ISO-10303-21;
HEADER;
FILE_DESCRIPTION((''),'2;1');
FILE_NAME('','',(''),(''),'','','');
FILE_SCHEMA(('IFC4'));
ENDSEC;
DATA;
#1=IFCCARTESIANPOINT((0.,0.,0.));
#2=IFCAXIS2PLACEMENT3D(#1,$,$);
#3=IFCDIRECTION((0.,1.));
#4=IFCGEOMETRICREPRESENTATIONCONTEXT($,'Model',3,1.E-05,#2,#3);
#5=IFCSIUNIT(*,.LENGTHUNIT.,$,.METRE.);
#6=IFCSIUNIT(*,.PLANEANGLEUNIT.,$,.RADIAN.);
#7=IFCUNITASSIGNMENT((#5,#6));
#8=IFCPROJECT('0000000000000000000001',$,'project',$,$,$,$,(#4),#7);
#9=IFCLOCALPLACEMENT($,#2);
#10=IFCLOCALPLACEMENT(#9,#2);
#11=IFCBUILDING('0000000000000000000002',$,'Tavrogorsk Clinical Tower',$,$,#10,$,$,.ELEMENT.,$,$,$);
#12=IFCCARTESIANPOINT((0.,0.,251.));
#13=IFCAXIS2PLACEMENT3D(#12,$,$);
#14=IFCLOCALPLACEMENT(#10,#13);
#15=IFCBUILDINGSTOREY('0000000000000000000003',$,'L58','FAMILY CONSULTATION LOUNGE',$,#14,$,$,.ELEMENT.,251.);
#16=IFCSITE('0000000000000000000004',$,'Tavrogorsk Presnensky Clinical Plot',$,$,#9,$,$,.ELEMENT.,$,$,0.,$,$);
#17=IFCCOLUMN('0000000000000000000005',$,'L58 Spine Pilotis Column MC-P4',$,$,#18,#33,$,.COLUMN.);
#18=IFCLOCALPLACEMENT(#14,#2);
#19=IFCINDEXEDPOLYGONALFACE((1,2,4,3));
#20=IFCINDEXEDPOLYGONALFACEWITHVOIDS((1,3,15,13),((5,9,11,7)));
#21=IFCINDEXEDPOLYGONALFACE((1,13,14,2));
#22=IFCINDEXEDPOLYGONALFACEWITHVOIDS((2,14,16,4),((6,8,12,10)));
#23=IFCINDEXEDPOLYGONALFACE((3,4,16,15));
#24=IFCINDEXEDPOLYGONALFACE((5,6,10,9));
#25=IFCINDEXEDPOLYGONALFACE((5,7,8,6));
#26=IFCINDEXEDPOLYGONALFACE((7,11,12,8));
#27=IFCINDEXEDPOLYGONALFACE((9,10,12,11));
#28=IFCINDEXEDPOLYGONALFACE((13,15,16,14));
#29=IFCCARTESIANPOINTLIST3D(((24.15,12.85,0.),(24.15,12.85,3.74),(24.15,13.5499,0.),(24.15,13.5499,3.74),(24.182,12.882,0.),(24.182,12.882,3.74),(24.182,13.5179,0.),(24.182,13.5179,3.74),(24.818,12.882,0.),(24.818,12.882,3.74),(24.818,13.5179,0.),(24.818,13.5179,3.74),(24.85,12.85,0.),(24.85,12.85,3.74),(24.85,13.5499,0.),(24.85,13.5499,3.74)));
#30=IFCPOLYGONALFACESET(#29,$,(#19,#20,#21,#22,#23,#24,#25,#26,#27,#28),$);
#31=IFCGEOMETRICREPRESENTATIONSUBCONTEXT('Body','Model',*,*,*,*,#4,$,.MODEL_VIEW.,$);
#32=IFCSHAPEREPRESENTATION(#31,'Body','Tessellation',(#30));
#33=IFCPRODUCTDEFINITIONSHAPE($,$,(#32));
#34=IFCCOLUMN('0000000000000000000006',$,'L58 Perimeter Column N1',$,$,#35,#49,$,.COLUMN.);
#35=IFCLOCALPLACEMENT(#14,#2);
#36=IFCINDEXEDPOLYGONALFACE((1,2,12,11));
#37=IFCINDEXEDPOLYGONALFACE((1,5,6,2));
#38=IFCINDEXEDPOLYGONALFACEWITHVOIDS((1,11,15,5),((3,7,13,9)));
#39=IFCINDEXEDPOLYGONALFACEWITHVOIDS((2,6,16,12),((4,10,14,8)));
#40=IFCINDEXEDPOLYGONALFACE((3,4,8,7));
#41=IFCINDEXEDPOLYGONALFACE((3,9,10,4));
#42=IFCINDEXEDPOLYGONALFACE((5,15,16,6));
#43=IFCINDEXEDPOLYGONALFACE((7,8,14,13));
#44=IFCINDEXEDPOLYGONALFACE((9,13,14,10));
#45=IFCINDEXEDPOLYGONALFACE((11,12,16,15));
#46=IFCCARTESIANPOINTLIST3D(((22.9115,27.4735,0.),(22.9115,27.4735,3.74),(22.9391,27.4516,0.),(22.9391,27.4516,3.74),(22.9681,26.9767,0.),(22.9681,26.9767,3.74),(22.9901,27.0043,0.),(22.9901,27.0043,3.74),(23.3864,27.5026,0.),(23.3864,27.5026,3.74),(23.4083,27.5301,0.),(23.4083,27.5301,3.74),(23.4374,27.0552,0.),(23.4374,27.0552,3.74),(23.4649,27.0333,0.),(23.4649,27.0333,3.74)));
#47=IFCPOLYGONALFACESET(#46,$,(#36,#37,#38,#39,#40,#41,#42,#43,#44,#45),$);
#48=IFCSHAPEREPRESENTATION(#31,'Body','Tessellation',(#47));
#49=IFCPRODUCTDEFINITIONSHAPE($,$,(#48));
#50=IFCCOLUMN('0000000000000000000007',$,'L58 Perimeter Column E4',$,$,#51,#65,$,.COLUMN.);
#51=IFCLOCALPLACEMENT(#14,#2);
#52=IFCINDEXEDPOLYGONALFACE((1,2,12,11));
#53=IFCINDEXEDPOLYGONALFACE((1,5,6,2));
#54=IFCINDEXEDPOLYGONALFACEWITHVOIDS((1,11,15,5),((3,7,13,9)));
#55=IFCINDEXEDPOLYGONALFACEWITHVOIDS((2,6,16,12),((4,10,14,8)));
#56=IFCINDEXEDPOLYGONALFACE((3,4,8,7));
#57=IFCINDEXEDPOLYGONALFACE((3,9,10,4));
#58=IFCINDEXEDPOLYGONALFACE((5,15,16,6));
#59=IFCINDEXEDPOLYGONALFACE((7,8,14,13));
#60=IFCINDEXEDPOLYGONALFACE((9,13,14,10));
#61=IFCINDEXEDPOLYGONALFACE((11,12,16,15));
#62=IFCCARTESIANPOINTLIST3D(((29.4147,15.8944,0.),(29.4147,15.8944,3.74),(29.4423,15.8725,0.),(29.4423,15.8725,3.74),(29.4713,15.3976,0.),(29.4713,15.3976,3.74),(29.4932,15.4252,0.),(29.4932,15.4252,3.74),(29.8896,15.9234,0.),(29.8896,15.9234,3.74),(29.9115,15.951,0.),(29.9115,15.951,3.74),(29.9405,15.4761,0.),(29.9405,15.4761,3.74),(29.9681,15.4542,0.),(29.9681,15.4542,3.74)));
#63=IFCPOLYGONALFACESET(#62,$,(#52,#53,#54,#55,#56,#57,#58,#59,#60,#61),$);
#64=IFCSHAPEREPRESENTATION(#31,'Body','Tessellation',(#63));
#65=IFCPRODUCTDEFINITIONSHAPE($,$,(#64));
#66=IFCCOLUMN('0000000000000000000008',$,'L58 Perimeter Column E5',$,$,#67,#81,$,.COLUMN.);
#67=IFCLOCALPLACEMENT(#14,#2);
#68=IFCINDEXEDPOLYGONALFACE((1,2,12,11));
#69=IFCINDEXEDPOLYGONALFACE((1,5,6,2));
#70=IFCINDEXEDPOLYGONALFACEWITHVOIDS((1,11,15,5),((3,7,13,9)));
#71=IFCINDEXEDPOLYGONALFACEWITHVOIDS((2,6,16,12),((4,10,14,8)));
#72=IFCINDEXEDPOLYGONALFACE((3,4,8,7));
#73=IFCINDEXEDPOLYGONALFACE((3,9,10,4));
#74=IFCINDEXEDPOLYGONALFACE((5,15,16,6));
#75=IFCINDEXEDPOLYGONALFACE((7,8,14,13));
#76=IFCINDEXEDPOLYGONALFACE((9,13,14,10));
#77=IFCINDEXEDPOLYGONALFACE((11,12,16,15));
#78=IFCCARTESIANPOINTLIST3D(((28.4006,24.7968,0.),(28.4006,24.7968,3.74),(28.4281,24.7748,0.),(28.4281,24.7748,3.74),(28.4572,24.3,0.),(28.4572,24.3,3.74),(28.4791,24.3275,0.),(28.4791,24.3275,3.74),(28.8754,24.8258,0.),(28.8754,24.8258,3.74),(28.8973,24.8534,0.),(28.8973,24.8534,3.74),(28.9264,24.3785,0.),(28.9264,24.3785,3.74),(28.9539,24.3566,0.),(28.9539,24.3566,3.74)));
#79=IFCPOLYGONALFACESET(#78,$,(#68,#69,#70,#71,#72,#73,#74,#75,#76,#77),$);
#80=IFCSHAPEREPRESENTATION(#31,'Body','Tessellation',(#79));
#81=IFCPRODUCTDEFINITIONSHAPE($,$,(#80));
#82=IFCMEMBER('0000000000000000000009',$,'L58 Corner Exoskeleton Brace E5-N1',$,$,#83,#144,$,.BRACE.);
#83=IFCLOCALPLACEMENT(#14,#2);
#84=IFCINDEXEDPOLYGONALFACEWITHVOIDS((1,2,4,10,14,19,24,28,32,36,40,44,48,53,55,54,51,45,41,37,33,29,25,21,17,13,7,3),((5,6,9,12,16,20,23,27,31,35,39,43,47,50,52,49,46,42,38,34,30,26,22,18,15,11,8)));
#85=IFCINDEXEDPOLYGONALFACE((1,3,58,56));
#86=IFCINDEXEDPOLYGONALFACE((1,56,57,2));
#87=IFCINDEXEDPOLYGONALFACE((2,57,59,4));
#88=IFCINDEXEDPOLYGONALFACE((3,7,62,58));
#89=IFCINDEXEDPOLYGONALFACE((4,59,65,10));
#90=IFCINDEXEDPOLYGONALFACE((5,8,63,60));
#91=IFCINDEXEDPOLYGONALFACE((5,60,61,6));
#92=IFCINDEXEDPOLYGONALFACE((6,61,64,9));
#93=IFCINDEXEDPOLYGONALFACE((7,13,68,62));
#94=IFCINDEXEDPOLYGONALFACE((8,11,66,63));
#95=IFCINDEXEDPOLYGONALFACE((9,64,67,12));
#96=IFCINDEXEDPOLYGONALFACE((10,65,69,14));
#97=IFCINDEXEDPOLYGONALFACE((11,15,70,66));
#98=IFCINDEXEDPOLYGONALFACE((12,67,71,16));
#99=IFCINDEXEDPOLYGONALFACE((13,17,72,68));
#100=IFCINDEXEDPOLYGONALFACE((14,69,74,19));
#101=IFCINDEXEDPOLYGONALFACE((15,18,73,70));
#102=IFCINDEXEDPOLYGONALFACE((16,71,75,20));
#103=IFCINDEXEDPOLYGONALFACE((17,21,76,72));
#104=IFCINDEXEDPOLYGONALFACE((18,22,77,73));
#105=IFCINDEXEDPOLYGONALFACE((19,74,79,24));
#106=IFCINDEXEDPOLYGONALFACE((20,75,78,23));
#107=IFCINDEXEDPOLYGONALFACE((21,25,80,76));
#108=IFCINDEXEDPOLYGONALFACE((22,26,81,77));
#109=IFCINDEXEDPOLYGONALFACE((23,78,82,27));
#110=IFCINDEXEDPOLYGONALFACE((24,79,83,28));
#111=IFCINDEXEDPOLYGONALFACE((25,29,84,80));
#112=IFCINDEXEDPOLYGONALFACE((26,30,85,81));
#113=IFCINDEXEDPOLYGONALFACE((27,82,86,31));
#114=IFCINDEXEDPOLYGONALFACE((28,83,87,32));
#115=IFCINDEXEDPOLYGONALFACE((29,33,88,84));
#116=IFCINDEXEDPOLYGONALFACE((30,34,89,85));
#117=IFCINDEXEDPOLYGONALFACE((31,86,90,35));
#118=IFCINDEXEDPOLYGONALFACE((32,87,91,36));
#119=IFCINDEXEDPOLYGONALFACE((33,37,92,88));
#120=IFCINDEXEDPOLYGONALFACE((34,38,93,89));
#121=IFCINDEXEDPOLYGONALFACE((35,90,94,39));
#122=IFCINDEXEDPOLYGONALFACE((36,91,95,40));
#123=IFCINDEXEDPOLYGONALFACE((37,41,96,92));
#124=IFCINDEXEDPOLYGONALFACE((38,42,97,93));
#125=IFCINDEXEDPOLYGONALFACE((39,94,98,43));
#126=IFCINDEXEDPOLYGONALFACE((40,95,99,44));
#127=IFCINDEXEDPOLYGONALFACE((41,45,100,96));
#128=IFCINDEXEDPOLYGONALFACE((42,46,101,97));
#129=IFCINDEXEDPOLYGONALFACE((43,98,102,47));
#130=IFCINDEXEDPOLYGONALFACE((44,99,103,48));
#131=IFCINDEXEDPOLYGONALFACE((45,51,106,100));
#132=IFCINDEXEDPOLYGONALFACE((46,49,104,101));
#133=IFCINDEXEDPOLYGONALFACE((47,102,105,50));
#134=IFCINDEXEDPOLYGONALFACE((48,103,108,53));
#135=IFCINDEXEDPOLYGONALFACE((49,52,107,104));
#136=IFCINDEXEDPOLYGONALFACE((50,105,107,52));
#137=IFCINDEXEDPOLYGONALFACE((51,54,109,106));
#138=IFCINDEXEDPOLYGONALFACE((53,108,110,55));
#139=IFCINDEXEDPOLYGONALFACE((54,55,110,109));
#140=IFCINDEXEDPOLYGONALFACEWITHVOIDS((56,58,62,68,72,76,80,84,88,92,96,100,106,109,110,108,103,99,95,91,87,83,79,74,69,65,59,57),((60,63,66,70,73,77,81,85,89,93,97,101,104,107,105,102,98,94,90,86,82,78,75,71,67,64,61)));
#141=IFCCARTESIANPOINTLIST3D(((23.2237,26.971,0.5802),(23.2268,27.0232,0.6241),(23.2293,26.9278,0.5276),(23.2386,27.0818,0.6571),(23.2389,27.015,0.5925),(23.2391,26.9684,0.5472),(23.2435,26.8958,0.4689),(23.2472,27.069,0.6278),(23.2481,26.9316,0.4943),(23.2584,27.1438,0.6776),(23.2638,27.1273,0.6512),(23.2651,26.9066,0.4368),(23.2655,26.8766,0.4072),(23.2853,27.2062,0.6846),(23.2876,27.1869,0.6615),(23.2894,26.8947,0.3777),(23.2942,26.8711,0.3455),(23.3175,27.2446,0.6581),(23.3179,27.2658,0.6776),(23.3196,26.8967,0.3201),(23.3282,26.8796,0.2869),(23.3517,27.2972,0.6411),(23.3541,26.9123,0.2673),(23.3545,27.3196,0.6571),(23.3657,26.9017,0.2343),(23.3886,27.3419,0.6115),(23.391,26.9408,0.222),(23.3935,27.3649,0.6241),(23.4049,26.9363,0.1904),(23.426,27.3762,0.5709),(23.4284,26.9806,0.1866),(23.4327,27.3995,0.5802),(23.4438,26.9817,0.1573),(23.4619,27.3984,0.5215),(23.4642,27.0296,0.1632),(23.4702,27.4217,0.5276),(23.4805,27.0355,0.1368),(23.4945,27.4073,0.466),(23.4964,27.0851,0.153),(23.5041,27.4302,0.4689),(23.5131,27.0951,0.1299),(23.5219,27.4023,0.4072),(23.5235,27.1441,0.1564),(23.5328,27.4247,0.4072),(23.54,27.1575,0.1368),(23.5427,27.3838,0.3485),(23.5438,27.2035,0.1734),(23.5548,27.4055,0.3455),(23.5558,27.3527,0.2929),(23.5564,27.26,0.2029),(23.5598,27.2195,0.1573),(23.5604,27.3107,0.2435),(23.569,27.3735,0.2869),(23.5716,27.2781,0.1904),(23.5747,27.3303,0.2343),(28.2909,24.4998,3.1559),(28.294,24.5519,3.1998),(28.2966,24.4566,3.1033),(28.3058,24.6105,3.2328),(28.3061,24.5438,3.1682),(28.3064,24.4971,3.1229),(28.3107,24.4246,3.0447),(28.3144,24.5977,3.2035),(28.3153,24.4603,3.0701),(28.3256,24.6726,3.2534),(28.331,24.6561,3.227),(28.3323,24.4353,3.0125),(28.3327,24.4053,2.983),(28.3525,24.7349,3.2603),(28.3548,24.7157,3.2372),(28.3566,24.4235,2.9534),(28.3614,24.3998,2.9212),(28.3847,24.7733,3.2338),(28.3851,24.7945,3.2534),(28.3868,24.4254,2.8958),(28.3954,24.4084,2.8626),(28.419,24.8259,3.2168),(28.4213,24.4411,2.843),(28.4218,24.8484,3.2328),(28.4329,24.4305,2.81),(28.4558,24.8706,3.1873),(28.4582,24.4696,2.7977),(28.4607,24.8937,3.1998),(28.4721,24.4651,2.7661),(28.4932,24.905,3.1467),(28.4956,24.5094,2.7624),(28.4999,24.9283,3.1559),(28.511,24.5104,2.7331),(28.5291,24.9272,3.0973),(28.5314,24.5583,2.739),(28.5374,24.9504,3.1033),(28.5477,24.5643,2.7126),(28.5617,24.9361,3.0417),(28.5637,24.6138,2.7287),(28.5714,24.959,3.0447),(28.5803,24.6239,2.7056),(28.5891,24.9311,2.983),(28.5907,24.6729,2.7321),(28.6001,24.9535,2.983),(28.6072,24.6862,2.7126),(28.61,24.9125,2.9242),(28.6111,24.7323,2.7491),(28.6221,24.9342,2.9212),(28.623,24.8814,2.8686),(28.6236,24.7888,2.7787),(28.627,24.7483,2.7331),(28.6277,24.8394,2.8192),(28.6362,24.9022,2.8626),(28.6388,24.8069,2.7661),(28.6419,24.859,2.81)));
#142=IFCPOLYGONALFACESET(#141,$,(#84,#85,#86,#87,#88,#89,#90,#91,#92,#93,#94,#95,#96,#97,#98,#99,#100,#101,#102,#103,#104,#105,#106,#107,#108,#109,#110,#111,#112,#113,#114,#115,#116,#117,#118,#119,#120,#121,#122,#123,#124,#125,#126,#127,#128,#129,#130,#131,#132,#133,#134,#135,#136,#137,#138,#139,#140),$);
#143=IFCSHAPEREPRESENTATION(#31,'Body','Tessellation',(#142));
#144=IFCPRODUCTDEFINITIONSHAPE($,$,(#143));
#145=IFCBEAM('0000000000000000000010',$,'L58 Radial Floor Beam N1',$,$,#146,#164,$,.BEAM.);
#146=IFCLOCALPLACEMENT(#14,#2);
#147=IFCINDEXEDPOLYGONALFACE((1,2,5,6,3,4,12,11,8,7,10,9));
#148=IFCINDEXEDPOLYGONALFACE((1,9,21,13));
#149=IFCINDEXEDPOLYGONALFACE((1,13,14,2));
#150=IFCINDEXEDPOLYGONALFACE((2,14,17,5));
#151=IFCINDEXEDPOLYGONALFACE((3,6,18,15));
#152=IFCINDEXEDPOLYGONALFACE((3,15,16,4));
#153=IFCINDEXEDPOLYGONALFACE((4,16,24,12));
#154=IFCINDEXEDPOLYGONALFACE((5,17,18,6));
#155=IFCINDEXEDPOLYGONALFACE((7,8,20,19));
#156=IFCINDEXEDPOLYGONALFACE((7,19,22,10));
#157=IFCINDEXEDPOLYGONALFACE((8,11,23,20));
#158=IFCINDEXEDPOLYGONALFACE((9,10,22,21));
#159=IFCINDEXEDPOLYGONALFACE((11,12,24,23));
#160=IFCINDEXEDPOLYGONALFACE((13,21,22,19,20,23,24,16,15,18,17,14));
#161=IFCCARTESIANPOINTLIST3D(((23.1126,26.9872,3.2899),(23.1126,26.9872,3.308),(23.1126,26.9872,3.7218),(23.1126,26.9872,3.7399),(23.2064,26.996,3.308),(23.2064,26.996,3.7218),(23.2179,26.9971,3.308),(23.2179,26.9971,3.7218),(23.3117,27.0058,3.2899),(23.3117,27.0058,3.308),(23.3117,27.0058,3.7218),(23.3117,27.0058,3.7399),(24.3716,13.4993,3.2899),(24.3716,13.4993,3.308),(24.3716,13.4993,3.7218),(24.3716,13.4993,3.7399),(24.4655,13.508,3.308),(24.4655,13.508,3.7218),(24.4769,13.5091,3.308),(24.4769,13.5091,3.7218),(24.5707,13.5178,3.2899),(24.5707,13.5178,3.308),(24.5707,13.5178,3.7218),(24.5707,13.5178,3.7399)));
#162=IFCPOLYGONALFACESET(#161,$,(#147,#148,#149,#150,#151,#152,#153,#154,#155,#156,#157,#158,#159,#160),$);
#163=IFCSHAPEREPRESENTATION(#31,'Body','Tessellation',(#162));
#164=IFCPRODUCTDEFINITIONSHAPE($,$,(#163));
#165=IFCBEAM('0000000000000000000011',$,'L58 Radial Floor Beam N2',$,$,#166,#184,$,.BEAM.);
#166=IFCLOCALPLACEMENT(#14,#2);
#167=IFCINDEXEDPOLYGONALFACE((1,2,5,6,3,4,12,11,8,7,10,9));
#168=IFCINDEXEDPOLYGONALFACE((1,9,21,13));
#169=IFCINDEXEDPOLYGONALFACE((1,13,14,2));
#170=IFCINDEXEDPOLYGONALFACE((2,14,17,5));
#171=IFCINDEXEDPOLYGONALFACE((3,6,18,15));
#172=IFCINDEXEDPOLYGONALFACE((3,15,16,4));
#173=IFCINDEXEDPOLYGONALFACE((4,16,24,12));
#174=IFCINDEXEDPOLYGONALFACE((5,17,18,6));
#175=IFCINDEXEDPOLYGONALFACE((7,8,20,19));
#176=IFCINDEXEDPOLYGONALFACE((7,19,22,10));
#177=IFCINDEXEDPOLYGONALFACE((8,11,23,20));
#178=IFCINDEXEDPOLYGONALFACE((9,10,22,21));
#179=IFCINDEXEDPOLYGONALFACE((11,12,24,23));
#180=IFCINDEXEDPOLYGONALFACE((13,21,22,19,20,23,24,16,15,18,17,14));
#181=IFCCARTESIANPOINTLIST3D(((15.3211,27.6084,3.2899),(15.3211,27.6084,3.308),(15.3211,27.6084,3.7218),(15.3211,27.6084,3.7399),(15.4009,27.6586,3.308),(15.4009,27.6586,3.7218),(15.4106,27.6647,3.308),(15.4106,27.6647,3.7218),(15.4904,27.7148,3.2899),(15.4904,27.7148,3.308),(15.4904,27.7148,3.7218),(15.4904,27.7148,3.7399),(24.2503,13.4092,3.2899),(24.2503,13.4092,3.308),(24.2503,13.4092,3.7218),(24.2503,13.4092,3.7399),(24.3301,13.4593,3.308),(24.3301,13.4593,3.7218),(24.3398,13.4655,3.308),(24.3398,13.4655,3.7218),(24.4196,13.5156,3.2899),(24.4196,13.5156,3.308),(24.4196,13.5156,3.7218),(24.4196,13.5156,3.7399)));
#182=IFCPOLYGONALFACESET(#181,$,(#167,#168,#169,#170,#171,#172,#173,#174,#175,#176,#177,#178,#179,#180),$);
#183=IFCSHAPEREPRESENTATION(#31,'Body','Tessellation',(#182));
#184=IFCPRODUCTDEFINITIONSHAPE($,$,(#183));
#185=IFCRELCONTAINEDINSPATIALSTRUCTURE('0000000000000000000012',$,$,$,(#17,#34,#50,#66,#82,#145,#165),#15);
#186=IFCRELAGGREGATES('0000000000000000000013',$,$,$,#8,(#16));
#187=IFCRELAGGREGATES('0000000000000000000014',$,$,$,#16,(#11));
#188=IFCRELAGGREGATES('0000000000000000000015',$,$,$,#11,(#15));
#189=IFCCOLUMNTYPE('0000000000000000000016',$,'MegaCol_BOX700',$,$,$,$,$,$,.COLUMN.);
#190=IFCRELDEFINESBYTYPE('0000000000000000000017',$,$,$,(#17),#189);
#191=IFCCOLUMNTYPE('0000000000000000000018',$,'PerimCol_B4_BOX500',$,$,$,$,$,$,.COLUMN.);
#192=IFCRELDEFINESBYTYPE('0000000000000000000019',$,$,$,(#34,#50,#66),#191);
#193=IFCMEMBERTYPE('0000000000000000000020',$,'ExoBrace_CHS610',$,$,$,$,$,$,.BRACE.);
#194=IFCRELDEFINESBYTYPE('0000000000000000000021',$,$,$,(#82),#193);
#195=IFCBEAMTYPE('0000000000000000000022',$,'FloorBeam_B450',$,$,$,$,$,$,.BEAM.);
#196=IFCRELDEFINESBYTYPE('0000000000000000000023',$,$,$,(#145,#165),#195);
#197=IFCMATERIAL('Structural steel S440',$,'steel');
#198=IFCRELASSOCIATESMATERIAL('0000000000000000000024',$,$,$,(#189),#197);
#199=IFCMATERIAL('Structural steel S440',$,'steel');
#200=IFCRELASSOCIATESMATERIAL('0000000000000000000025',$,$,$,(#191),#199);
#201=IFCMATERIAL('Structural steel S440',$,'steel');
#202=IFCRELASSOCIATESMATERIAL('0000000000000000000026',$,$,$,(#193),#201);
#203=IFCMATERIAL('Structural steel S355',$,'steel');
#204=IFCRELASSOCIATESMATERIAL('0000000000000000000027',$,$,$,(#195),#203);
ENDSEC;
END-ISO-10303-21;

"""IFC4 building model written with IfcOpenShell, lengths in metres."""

from ifc_helpers import new_model, si_unit, direction, frame, origin, origin_2d, place, context, subcontext, project, spatial, hollow_rectangle, hollow_circle, i_section, extrude, material, material_profile, profile_set, type_object, element, save


model = new_model("IFC4")

# Units and contexts
model_context = context("Model", 3, precision=1e-05, world=origin(), true_north=direction((0.0, 1.0)))
body_context = subcontext(model_context, "Body", "Model", "MODEL_VIEW")
ifc_project = project(units=[si_unit("LENGTHUNIT", "METRE"), si_unit("PLANEANGLEUNIT", "RADIAN")], contexts=[model_context])

# Site, building, storey
site_placement = place(None, origin())
site = spatial("IfcSite", under=ifc_project, at=site_placement, Name="Tavrogorsk Presnensky Clinical Plot", CompositionType="ELEMENT", RefElevation=0.0)
building_placement = place(site_placement, origin())
building = spatial("IfcBuilding", under=site, at=building_placement, Name="Tavrogorsk Clinical Tower", CompositionType="ELEMENT")
storey_placement = place(building_placement, frame((0.0, 0.0, 251.0)))
storey = spatial("IfcBuildingStorey", under=building, at=storey_placement, Name="L58", Description="FAMILY CONSULTATION LOUNGE", CompositionType="ELEMENT", Elevation=251.0)

# Columns
ifc_material_1 = material(Name="Structural steel S440", Category="steel")
ifc_material_profile_1 = material_profile(ifc_material_1, hollow_rectangle(XDim=0.7, YDim=0.7, WallThickness=0.032, at=origin_2d()), Name="BOX-700x700x32")
ifc_profile_set_1 = profile_set([ifc_material_profile_1], Name="Structural steel S440")
column_type_1 = type_object("IfcColumnType", Name="MegaCol_BOX700", PredefinedType="COLUMN", material=ifc_profile_set_1)
column_placement = place(storey_placement, frame((24.5, 13.2, 0.0), z_axis=(0.0, 0.0, 1.0), x_axis=(1.0, 0.0, 0.0)))
element("IfcColumn", 1, at=column_placement, inside=storey, type_object=column_type_1, Name="L58 Spine Pilotis Column MC-P4", PredefinedType="COLUMN", context=body_context, shape_type="SweptSolid", body=[
    extrude(hollow_rectangle(XDim=0.7, YDim=0.7, WallThickness=0.032, at=origin_2d()), origin(), (0.0, 0.0, 1.0), 3.74),
])
ifc_material_2 = material(Name="Structural steel S440", Category="steel")
ifc_material_profile_2 = material_profile(ifc_material_2, hollow_rectangle(XDim=0.5, YDim=0.5, WallThickness=0.0249, at=origin_2d()), Name="BOX-500x500x25")
ifc_profile_set_2 = profile_set([ifc_material_profile_2], Name="Structural steel S440")
column_type_2 = type_object("IfcColumnType", Name="PerimCol_B4_BOX500", PredefinedType="COLUMN", material=ifc_profile_set_2)
for number, where, z_axis, x_axis, name in (
    (2, (23.1882, 27.2534, 0.0), (0.0, 0.0, 1.0), (0.993572, 0.113203, 0.0), "L58 Perimeter Column N1"),
    (3, (29.6914, 15.6743, 0.0), (0.0, 0.0, 1.0), (0.993572, 0.113203, 0.0), "L58 Perimeter Column E4"),
    (4, (28.6772, 24.5767, 0.0), (0.0, 0.0, 1.0), (0.993572, 0.113203, 0.0), "L58 Perimeter Column E5"),
):
    element("IfcColumn", number, at=place(storey_placement, frame(where, z_axis=z_axis, x_axis=x_axis)), inside=storey, type_object=column_type_2, Name=name, PredefinedType="COLUMN", context=body_context, shape_type="SweptSolid", body=[
        extrude(hollow_rectangle(XDim=0.5, YDim=0.5, WallThickness=0.0249, at=origin_2d()), origin(), (0.0, 0.0, 1.0), 3.74),
    ])

# Member
ifc_material_3 = material(Name="Structural steel S440", Category="steel")
ifc_material_profile_3 = material_profile(ifc_material_3, hollow_circle(Radius=0.3049, WallThickness=0.0249, at=origin_2d()), Name="CHS-610x25")
ifc_profile_set_3 = profile_set([ifc_material_profile_3], Name="Structural steel S440")
member_type_1 = type_object("IfcMemberType", Name="ExoBrace_CHS610", PredefinedType="BRACE", material=ifc_profile_set_3)
member_placement = place(storey_placement, frame((23.3992, 27.1506, 0.4072), z_axis=(0.817527, -0.398699, 0.415558), x_axis=(0.43834, 0.898809, 0.0)))
element("IfcMember", 5, at=member_placement, inside=storey, type_object=member_type_1, Name="L58 Corner Exoskeleton Brace E5-N1", PredefinedType="BRACE", context=body_context, shape_type="SweptSolid", body=[
    extrude(hollow_circle(Radius=0.3049, WallThickness=0.0249, at=origin_2d()), origin(), (0.0, 0.0, 1.0), 6.1982),
])

# Beams
ifc_material_4 = material(Name="Structural steel S355", Category="steel")
ifc_material_profile_4 = material_profile(ifc_material_4, i_section(OverallWidth=0.2, OverallDepth=0.45, WebThickness=0.0115, FlangeThickness=0.0181, at=origin_2d()), Name="B-450x200x11.5x18")
ifc_profile_set_4 = profile_set([ifc_material_profile_4], Name="Structural steel S355")
beam_type_1 = type_object("IfcBeamType", Name="FloorBeam_B450", PredefinedType="BEAM", material=ifc_profile_set_4)
beam_1_placement = place(storey_placement, frame((24.4712, 13.5085, 3.5149), z_axis=(-0.09294, 0.995672, 0.0), x_axis=(-0.995672, -0.09294, 0.0)))
element("IfcBeam", 6, at=beam_1_placement, inside=storey, type_object=beam_type_1, Name="L58 Radial Floor Beam N1", PredefinedType="BEAM", context=body_context, shape_type="SweptSolid", body=[
    extrude(i_section(OverallWidth=0.2, OverallDepth=0.45, WebThickness=0.0115, FlangeThickness=0.0181, at=origin_2d()), origin(), (0.0, 0.0, 1.0), 13.5466),
])
beam_2_placement = place(storey_placement, frame((24.335, 13.4624, 3.5149), z_axis=(-0.532341, 0.84653, 0.0), x_axis=(-0.84653, -0.532341, 0.0)))
element("IfcBeam", 7, at=beam_2_placement, inside=storey, type_object=beam_type_1, Name="L58 Radial Floor Beam N2", PredefinedType="BEAM", context=body_context, shape_type="SweptSolid", body=[
    extrude(i_section(OverallWidth=0.2, OverallDepth=0.45, WebThickness=0.0115, FlangeThickness=0.0181, at=origin_2d()), origin(), (0.0, 0.0, 1.0), 16.7734),
])

save(model, "model.ifc")
